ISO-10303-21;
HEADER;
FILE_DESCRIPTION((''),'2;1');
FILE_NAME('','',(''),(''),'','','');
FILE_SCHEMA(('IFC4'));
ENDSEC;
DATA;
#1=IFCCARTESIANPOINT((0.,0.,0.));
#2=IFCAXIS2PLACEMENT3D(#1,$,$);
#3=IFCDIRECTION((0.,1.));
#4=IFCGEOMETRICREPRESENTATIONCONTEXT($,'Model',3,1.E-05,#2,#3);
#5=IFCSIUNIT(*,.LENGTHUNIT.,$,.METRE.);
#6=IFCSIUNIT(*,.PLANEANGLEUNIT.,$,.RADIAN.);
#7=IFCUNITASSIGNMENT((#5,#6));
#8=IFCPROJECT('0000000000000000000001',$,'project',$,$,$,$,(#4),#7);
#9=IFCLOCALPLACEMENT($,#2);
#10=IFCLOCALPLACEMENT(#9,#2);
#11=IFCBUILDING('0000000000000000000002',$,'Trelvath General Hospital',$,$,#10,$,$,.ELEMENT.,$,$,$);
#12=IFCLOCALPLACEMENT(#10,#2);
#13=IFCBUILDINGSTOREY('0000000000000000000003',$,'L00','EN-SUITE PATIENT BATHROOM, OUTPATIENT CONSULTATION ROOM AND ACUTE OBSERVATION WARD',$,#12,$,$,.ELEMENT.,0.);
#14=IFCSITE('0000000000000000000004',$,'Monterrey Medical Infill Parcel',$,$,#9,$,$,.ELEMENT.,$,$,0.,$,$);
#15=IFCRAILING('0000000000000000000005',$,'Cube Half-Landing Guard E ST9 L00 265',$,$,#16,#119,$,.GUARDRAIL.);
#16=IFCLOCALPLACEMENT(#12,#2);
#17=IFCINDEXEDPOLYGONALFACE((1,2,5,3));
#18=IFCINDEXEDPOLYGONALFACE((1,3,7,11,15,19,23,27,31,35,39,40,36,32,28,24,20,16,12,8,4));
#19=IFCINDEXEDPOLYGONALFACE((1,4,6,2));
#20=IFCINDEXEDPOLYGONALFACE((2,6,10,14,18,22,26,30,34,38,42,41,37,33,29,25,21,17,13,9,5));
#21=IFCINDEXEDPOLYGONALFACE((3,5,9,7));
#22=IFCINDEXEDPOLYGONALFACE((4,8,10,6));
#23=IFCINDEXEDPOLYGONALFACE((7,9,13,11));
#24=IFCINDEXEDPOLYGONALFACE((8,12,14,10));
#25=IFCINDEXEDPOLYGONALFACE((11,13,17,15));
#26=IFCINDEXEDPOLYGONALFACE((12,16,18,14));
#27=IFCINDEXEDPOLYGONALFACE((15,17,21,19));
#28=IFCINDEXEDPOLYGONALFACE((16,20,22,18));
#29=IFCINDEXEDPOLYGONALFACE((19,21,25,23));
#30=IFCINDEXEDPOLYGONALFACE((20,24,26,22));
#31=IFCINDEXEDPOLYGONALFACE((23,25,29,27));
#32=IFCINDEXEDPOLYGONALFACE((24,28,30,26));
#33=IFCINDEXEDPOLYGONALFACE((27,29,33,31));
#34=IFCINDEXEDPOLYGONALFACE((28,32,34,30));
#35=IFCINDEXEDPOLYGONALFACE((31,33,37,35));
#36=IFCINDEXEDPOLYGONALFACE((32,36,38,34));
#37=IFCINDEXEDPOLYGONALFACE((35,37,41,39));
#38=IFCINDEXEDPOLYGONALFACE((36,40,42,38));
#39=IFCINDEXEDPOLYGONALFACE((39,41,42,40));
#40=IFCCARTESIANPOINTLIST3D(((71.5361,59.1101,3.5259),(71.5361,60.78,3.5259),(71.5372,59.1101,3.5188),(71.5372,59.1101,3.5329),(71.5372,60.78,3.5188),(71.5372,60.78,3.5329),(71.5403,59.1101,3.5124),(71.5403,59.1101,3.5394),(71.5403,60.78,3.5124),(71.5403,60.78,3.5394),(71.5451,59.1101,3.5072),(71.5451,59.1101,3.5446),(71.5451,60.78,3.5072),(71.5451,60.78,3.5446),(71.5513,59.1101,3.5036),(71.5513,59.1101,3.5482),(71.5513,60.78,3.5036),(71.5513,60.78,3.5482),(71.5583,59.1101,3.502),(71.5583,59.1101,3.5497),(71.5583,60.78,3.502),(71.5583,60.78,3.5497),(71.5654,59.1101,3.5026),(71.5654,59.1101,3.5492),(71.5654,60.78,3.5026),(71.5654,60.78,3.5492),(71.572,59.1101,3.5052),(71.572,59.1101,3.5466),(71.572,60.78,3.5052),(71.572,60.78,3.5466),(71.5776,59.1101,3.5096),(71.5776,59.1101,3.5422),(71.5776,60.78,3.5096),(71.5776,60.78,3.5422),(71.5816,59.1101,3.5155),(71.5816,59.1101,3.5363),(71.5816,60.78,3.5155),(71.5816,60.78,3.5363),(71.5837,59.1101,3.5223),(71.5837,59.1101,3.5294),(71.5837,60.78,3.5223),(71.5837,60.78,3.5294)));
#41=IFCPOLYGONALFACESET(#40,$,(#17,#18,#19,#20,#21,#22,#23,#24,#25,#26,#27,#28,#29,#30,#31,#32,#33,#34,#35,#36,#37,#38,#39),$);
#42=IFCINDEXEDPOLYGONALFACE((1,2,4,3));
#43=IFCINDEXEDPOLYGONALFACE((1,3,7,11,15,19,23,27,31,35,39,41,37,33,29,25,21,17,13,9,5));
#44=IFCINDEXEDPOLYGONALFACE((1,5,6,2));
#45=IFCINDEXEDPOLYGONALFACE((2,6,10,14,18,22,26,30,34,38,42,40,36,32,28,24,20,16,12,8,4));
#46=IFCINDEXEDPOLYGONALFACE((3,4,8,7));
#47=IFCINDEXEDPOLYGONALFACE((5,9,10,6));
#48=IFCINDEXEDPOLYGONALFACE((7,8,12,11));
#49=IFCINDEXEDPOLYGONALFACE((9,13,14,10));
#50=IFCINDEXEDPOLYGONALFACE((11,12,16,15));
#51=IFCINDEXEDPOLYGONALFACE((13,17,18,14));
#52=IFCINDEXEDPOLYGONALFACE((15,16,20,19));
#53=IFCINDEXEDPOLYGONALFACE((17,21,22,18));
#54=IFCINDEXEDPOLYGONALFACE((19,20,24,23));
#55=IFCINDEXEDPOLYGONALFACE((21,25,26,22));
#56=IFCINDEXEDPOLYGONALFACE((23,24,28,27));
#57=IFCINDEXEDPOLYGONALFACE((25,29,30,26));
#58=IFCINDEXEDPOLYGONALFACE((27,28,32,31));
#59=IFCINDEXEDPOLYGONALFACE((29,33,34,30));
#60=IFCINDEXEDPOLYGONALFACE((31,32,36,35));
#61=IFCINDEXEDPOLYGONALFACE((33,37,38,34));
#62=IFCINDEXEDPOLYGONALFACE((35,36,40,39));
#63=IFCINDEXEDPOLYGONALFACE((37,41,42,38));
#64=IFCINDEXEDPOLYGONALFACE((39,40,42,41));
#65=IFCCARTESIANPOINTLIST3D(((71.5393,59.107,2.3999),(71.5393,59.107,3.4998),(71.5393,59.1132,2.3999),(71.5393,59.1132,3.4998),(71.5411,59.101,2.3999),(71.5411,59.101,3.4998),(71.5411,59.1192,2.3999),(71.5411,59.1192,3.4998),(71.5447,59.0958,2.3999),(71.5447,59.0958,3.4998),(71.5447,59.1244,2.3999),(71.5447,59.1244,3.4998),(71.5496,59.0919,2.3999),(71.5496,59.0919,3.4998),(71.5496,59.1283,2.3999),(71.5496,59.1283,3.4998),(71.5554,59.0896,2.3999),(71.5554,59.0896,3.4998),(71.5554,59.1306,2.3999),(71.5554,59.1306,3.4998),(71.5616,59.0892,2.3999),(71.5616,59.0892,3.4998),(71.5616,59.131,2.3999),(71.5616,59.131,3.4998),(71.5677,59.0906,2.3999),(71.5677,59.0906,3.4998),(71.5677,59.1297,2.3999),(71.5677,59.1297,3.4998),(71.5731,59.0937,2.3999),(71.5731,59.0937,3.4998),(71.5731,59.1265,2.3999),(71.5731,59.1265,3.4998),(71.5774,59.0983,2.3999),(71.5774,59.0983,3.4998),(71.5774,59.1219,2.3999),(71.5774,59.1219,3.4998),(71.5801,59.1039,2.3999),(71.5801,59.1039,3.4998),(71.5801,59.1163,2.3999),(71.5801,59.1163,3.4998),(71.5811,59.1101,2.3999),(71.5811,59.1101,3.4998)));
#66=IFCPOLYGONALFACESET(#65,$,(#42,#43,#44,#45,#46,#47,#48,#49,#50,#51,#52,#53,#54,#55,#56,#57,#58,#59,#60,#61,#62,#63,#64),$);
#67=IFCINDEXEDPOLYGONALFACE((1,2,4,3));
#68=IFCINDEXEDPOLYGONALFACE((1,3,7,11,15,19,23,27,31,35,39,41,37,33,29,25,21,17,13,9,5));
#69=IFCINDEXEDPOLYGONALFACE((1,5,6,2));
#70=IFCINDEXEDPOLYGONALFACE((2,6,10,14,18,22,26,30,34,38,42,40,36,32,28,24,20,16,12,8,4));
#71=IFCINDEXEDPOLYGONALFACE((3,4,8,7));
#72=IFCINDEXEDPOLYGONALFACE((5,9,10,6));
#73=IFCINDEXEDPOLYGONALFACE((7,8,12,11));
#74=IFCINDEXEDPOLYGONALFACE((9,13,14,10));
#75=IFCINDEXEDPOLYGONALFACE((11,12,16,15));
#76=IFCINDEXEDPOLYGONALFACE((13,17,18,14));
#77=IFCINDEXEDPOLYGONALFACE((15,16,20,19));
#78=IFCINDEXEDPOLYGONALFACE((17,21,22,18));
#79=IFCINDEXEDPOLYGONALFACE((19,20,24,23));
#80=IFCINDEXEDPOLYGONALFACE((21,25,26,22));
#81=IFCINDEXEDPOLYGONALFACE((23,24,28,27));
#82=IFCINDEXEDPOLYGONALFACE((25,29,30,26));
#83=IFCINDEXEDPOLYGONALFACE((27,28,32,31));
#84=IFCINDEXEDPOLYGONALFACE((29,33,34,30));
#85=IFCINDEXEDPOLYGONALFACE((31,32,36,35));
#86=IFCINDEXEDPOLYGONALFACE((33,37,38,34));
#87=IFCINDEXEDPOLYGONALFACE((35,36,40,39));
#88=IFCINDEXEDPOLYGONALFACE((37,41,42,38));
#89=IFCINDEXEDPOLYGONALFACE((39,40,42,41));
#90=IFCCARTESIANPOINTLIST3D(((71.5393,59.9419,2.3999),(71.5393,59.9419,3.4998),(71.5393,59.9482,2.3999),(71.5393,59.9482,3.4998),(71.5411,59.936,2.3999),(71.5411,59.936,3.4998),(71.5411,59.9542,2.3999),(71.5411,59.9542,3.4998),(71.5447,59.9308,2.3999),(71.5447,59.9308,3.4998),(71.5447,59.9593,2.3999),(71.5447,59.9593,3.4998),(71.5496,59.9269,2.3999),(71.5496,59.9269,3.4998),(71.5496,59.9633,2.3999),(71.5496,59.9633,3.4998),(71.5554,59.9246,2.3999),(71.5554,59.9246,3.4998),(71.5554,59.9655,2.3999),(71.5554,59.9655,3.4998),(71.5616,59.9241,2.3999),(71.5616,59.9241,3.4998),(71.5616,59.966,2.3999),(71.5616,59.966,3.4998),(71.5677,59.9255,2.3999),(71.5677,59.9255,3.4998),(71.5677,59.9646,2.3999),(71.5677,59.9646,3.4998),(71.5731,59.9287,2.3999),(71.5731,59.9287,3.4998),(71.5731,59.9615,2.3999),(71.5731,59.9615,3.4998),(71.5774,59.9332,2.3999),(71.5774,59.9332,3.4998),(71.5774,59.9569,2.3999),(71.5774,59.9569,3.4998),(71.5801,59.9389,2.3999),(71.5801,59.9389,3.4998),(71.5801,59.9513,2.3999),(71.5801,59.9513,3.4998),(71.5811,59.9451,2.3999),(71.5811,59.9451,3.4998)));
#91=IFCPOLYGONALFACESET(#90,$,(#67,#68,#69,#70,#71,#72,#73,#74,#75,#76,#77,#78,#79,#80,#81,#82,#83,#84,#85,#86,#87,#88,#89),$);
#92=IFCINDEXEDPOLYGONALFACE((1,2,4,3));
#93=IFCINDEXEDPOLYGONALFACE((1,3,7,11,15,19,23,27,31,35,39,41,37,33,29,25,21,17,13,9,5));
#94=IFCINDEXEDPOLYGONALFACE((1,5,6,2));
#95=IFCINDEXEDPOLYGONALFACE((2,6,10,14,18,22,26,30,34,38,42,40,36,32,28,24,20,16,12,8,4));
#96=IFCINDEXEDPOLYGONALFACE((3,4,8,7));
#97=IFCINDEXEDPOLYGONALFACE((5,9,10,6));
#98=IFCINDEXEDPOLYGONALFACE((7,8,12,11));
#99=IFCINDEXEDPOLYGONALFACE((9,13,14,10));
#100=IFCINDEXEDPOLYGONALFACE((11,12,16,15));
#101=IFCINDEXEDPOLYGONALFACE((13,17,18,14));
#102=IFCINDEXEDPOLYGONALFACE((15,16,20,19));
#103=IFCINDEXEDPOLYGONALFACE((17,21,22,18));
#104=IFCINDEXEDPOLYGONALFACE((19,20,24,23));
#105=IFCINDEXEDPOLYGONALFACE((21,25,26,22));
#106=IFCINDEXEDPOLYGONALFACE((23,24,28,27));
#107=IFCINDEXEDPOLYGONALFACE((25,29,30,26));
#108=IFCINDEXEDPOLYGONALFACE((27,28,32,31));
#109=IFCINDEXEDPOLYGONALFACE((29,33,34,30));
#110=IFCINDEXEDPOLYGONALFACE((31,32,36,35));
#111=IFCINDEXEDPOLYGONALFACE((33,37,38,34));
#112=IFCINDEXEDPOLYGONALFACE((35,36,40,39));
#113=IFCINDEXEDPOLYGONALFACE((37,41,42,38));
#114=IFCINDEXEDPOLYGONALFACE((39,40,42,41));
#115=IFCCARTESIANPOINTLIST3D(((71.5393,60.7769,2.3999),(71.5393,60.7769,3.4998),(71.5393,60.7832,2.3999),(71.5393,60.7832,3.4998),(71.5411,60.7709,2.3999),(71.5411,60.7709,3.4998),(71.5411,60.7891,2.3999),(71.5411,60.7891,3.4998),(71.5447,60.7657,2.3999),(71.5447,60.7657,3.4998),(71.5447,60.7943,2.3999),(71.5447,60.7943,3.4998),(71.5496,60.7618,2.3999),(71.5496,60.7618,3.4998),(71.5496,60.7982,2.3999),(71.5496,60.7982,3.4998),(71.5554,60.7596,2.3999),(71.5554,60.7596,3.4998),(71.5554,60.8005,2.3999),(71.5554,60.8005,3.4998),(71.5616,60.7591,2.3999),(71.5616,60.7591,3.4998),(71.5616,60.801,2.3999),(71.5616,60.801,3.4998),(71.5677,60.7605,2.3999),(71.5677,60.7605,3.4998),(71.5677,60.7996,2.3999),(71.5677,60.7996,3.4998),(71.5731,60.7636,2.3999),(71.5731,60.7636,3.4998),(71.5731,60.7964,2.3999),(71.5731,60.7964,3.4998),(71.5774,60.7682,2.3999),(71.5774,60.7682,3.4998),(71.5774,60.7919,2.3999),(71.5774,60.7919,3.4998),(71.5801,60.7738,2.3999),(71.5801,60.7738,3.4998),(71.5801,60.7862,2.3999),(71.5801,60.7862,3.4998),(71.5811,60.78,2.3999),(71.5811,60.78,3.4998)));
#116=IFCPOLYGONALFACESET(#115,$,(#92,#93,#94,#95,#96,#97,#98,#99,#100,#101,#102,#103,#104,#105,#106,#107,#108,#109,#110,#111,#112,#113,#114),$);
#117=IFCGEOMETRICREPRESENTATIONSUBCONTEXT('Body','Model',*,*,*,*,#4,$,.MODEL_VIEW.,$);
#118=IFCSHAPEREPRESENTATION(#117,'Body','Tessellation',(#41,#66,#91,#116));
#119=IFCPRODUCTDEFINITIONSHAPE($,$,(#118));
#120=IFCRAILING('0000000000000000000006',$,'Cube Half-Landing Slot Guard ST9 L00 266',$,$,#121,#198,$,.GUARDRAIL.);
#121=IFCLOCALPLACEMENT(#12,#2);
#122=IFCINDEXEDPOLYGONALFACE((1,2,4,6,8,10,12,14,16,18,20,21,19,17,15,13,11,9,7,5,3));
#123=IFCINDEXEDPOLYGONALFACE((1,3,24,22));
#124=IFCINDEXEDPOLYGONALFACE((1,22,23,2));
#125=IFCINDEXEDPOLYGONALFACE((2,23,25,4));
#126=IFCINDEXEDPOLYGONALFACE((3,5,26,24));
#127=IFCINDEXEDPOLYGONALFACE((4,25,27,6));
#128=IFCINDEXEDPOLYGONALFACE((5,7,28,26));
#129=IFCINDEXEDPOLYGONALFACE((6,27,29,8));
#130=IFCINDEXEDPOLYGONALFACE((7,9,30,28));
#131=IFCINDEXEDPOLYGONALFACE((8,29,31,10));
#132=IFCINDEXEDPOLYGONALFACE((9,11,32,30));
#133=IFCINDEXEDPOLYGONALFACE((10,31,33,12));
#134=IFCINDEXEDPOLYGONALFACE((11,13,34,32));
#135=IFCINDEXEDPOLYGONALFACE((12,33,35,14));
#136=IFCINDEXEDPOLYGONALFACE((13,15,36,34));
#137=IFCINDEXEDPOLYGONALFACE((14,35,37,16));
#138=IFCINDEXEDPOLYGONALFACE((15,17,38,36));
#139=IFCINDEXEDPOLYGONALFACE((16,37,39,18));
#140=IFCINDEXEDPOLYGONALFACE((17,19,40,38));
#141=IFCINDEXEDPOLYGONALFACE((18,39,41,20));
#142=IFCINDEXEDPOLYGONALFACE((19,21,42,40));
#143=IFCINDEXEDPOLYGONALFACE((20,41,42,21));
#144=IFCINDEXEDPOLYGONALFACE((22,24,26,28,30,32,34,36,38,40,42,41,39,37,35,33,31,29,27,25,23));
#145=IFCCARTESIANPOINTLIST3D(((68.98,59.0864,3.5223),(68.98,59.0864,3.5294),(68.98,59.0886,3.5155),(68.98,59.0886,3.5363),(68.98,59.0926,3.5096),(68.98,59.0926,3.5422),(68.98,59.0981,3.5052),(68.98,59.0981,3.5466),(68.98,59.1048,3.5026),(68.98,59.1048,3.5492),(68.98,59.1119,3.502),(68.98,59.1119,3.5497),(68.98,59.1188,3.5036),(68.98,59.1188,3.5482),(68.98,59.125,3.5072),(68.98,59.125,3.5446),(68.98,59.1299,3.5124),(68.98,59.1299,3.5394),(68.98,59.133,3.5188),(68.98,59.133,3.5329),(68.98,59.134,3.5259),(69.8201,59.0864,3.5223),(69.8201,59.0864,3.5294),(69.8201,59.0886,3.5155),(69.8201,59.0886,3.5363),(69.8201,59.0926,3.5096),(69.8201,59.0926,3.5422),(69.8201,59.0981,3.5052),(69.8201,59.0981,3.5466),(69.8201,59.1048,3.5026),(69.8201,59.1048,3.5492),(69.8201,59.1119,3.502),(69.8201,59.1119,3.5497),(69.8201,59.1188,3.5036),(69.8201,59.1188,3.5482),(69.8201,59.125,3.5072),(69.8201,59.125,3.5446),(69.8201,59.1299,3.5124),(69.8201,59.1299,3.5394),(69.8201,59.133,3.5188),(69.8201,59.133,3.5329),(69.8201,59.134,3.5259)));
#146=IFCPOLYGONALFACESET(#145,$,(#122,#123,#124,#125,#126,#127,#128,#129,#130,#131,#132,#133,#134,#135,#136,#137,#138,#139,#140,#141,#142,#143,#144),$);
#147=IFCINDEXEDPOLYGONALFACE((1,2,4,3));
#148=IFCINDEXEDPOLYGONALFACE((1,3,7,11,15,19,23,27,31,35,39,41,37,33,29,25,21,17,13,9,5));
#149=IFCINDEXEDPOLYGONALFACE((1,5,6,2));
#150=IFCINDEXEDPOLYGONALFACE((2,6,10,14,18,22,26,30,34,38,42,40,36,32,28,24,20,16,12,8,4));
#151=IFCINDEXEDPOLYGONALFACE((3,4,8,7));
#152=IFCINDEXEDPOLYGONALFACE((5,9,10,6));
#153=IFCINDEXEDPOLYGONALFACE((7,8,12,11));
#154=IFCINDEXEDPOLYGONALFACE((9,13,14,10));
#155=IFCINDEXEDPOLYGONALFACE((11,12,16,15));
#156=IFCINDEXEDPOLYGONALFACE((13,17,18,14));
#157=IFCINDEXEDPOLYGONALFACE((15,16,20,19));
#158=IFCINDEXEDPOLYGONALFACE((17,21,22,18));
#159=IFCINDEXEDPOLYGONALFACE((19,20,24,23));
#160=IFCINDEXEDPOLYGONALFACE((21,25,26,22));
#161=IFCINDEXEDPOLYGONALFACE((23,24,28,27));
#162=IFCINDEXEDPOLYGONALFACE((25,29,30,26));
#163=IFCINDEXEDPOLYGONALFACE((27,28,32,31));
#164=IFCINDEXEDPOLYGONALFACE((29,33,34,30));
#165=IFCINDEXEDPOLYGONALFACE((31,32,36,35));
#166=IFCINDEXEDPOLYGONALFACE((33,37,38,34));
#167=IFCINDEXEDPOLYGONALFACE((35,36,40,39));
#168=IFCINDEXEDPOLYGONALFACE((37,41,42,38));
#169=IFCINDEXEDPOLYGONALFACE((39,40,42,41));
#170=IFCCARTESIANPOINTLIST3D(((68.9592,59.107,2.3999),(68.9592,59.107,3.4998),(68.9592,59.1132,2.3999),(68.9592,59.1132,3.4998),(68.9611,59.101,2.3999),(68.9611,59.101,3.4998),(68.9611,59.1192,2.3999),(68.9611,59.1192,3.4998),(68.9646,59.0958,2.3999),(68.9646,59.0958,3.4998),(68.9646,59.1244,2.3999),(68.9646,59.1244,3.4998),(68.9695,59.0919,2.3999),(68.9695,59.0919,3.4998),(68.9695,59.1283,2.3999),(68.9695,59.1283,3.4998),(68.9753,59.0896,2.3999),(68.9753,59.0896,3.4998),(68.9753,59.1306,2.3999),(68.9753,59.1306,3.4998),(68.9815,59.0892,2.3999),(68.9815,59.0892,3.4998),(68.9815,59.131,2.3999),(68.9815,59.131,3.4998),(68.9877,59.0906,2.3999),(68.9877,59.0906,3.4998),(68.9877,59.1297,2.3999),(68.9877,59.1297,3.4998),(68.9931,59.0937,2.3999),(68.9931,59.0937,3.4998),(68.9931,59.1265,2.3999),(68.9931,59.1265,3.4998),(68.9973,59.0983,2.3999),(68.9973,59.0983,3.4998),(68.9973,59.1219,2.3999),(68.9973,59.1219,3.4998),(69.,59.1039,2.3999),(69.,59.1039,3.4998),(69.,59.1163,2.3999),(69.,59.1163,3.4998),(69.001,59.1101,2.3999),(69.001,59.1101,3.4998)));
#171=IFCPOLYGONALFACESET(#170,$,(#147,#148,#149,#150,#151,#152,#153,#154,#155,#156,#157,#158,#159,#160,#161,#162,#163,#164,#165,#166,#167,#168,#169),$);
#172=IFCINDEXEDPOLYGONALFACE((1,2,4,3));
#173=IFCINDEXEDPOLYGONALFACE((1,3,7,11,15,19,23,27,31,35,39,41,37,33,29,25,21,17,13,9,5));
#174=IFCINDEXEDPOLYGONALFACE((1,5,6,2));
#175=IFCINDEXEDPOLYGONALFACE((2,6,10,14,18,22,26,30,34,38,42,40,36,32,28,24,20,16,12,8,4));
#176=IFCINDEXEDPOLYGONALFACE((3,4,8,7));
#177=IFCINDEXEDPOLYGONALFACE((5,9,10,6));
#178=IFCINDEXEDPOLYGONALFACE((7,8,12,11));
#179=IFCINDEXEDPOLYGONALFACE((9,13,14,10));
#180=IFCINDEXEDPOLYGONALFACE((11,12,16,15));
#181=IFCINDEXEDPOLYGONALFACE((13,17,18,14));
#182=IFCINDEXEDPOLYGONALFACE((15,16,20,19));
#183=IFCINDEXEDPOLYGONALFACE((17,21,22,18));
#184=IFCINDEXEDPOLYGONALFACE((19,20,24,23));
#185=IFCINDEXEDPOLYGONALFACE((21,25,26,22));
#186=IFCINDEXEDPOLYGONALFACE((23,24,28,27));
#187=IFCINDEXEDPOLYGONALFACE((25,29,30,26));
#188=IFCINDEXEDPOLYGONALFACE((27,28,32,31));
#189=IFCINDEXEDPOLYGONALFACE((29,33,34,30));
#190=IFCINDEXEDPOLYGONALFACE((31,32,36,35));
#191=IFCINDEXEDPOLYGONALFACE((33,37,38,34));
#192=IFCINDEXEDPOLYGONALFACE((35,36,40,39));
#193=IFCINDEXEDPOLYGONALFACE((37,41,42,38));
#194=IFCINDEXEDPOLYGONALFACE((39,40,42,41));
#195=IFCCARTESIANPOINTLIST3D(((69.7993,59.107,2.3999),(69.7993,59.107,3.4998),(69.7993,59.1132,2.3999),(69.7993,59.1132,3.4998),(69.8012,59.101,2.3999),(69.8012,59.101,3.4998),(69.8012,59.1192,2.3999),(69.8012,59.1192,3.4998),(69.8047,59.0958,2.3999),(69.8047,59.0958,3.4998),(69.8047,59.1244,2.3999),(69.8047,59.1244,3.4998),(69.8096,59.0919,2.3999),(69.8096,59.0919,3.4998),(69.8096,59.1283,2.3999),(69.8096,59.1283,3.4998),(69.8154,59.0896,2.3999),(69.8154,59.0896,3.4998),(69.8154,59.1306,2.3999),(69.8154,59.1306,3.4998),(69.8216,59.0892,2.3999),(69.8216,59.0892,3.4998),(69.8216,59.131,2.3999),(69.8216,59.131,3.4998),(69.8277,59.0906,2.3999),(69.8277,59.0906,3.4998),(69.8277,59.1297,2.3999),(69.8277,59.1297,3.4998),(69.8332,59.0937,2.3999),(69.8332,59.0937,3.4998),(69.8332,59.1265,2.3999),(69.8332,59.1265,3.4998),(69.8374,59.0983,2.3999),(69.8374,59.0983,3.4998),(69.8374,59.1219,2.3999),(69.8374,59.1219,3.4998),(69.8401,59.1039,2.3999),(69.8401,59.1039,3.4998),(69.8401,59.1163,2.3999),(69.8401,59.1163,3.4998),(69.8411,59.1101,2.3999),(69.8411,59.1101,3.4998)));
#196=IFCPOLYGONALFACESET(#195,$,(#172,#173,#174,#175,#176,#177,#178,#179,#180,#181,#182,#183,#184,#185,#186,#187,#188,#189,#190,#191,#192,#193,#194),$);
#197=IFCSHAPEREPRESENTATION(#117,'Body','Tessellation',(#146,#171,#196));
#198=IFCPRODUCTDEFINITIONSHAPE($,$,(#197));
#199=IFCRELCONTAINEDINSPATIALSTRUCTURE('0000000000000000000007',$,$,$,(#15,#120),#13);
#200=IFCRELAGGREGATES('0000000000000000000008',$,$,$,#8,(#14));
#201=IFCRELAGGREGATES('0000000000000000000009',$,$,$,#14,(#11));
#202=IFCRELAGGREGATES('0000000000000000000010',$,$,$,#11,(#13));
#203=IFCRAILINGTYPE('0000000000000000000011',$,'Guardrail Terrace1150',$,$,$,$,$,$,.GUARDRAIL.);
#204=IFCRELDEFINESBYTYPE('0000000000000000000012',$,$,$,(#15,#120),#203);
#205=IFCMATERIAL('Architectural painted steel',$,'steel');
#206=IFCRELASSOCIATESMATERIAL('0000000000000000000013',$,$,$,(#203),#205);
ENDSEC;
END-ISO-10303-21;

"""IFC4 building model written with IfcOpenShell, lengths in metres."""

from ifc_helpers import new_model, si_unit, direction, frame, origin, origin_2d, place, context, subcontext, project, spatial, circle, extrude, material, type_object, element, save


model = new_model("IFC4")

# Units and contexts
model_context = context("Model", 3, precision=1e-05, world=origin(), true_north=direction((0.0, 1.0)))
body_context = subcontext(model_context, "Body", "Model", "MODEL_VIEW")
ifc_project = project(units=[si_unit("LENGTHUNIT", "METRE"), si_unit("PLANEANGLEUNIT", "RADIAN")], contexts=[model_context])

# Site, building, storey
site_placement = place(None, origin())
site = spatial("IfcSite", under=ifc_project, at=site_placement, Name="Monterrey Medical Infill Parcel", CompositionType="ELEMENT", RefElevation=0.0)
building_placement = place(site_placement, origin())
building = spatial("IfcBuilding", under=site, at=building_placement, Name="Trelvath General Hospital", CompositionType="ELEMENT")
storey_placement = place(building_placement, origin())
storey = spatial("IfcBuildingStorey", under=building, at=storey_placement, Name="L00", Description="EN-SUITE PATIENT BATHROOM, OUTPATIENT CONSULTATION ROOM AND ACUTE OBSERVATION WARD", CompositionType="ELEMENT", Elevation=0.0)

# Railings
ifc_material_1 = material(Name="Architectural painted steel", Category="steel")
railing_type = type_object("IfcRailingType", Name="Guardrail Terrace1150", PredefinedType="GUARDRAIL", material=ifc_material_1)
railing_1_placement = place(storey_placement, frame((71.5601, 59.1101, 2.3999)))
element("IfcRailing", 1, at=railing_1_placement, inside=storey, type_object=railing_type, Name="Cube Half-Landing Guard E ST9 L00 265", PredefinedType="GUARDRAIL", context=body_context, shape_type="SweptSolid", body=[
    extrude(circle(Radius=0.0239, at=origin_2d()), frame((0.0, 0.0, 1.126), z_axis=(0.0, 1.0, 0.0), x_axis=(-1.0, 0.0, 0.0)), (0.0, 0.0, 1.0), 1.6699),
    extrude(circle(Radius=0.021, at=origin_2d()), origin(), (0.0, 0.0, 1.0), 1.0999),
    extrude(circle(Radius=0.021, at=origin_2d()), frame((0.0, 0.835, 0.0)), (0.0, 0.0, 1.0), 1.0999),
    extrude(circle(Radius=0.021, at=origin_2d()), frame((0.0, 1.6699, 0.0)), (0.0, 0.0, 1.0), 1.0999),
])
railing_2_placement = place(storey_placement, frame((68.98, 59.1101, 2.3999)))
element("IfcRailing", 2, at=railing_2_placement, inside=storey, type_object=railing_type, Name="Cube Half-Landing Slot Guard ST9 L00 266", PredefinedType="GUARDRAIL", context=body_context, shape_type="SweptSolid", body=[
    extrude(circle(Radius=0.0239, at=origin_2d()), frame((0.0, 0.0, 1.126), z_axis=(1.0, 0.0, 0.0), x_axis=(0.0, 1.0, 0.0)), (0.0, 0.0, 1.0), 0.8401),
    extrude(circle(Radius=0.021, at=origin_2d()), origin(), (0.0, 0.0, 1.0), 1.0999),
    extrude(circle(Radius=0.021, at=origin_2d()), frame((0.8401, 0.0, 0.0)), (0.0, 0.0, 1.0), 1.0999),
])

save(model, "model.ifc")
